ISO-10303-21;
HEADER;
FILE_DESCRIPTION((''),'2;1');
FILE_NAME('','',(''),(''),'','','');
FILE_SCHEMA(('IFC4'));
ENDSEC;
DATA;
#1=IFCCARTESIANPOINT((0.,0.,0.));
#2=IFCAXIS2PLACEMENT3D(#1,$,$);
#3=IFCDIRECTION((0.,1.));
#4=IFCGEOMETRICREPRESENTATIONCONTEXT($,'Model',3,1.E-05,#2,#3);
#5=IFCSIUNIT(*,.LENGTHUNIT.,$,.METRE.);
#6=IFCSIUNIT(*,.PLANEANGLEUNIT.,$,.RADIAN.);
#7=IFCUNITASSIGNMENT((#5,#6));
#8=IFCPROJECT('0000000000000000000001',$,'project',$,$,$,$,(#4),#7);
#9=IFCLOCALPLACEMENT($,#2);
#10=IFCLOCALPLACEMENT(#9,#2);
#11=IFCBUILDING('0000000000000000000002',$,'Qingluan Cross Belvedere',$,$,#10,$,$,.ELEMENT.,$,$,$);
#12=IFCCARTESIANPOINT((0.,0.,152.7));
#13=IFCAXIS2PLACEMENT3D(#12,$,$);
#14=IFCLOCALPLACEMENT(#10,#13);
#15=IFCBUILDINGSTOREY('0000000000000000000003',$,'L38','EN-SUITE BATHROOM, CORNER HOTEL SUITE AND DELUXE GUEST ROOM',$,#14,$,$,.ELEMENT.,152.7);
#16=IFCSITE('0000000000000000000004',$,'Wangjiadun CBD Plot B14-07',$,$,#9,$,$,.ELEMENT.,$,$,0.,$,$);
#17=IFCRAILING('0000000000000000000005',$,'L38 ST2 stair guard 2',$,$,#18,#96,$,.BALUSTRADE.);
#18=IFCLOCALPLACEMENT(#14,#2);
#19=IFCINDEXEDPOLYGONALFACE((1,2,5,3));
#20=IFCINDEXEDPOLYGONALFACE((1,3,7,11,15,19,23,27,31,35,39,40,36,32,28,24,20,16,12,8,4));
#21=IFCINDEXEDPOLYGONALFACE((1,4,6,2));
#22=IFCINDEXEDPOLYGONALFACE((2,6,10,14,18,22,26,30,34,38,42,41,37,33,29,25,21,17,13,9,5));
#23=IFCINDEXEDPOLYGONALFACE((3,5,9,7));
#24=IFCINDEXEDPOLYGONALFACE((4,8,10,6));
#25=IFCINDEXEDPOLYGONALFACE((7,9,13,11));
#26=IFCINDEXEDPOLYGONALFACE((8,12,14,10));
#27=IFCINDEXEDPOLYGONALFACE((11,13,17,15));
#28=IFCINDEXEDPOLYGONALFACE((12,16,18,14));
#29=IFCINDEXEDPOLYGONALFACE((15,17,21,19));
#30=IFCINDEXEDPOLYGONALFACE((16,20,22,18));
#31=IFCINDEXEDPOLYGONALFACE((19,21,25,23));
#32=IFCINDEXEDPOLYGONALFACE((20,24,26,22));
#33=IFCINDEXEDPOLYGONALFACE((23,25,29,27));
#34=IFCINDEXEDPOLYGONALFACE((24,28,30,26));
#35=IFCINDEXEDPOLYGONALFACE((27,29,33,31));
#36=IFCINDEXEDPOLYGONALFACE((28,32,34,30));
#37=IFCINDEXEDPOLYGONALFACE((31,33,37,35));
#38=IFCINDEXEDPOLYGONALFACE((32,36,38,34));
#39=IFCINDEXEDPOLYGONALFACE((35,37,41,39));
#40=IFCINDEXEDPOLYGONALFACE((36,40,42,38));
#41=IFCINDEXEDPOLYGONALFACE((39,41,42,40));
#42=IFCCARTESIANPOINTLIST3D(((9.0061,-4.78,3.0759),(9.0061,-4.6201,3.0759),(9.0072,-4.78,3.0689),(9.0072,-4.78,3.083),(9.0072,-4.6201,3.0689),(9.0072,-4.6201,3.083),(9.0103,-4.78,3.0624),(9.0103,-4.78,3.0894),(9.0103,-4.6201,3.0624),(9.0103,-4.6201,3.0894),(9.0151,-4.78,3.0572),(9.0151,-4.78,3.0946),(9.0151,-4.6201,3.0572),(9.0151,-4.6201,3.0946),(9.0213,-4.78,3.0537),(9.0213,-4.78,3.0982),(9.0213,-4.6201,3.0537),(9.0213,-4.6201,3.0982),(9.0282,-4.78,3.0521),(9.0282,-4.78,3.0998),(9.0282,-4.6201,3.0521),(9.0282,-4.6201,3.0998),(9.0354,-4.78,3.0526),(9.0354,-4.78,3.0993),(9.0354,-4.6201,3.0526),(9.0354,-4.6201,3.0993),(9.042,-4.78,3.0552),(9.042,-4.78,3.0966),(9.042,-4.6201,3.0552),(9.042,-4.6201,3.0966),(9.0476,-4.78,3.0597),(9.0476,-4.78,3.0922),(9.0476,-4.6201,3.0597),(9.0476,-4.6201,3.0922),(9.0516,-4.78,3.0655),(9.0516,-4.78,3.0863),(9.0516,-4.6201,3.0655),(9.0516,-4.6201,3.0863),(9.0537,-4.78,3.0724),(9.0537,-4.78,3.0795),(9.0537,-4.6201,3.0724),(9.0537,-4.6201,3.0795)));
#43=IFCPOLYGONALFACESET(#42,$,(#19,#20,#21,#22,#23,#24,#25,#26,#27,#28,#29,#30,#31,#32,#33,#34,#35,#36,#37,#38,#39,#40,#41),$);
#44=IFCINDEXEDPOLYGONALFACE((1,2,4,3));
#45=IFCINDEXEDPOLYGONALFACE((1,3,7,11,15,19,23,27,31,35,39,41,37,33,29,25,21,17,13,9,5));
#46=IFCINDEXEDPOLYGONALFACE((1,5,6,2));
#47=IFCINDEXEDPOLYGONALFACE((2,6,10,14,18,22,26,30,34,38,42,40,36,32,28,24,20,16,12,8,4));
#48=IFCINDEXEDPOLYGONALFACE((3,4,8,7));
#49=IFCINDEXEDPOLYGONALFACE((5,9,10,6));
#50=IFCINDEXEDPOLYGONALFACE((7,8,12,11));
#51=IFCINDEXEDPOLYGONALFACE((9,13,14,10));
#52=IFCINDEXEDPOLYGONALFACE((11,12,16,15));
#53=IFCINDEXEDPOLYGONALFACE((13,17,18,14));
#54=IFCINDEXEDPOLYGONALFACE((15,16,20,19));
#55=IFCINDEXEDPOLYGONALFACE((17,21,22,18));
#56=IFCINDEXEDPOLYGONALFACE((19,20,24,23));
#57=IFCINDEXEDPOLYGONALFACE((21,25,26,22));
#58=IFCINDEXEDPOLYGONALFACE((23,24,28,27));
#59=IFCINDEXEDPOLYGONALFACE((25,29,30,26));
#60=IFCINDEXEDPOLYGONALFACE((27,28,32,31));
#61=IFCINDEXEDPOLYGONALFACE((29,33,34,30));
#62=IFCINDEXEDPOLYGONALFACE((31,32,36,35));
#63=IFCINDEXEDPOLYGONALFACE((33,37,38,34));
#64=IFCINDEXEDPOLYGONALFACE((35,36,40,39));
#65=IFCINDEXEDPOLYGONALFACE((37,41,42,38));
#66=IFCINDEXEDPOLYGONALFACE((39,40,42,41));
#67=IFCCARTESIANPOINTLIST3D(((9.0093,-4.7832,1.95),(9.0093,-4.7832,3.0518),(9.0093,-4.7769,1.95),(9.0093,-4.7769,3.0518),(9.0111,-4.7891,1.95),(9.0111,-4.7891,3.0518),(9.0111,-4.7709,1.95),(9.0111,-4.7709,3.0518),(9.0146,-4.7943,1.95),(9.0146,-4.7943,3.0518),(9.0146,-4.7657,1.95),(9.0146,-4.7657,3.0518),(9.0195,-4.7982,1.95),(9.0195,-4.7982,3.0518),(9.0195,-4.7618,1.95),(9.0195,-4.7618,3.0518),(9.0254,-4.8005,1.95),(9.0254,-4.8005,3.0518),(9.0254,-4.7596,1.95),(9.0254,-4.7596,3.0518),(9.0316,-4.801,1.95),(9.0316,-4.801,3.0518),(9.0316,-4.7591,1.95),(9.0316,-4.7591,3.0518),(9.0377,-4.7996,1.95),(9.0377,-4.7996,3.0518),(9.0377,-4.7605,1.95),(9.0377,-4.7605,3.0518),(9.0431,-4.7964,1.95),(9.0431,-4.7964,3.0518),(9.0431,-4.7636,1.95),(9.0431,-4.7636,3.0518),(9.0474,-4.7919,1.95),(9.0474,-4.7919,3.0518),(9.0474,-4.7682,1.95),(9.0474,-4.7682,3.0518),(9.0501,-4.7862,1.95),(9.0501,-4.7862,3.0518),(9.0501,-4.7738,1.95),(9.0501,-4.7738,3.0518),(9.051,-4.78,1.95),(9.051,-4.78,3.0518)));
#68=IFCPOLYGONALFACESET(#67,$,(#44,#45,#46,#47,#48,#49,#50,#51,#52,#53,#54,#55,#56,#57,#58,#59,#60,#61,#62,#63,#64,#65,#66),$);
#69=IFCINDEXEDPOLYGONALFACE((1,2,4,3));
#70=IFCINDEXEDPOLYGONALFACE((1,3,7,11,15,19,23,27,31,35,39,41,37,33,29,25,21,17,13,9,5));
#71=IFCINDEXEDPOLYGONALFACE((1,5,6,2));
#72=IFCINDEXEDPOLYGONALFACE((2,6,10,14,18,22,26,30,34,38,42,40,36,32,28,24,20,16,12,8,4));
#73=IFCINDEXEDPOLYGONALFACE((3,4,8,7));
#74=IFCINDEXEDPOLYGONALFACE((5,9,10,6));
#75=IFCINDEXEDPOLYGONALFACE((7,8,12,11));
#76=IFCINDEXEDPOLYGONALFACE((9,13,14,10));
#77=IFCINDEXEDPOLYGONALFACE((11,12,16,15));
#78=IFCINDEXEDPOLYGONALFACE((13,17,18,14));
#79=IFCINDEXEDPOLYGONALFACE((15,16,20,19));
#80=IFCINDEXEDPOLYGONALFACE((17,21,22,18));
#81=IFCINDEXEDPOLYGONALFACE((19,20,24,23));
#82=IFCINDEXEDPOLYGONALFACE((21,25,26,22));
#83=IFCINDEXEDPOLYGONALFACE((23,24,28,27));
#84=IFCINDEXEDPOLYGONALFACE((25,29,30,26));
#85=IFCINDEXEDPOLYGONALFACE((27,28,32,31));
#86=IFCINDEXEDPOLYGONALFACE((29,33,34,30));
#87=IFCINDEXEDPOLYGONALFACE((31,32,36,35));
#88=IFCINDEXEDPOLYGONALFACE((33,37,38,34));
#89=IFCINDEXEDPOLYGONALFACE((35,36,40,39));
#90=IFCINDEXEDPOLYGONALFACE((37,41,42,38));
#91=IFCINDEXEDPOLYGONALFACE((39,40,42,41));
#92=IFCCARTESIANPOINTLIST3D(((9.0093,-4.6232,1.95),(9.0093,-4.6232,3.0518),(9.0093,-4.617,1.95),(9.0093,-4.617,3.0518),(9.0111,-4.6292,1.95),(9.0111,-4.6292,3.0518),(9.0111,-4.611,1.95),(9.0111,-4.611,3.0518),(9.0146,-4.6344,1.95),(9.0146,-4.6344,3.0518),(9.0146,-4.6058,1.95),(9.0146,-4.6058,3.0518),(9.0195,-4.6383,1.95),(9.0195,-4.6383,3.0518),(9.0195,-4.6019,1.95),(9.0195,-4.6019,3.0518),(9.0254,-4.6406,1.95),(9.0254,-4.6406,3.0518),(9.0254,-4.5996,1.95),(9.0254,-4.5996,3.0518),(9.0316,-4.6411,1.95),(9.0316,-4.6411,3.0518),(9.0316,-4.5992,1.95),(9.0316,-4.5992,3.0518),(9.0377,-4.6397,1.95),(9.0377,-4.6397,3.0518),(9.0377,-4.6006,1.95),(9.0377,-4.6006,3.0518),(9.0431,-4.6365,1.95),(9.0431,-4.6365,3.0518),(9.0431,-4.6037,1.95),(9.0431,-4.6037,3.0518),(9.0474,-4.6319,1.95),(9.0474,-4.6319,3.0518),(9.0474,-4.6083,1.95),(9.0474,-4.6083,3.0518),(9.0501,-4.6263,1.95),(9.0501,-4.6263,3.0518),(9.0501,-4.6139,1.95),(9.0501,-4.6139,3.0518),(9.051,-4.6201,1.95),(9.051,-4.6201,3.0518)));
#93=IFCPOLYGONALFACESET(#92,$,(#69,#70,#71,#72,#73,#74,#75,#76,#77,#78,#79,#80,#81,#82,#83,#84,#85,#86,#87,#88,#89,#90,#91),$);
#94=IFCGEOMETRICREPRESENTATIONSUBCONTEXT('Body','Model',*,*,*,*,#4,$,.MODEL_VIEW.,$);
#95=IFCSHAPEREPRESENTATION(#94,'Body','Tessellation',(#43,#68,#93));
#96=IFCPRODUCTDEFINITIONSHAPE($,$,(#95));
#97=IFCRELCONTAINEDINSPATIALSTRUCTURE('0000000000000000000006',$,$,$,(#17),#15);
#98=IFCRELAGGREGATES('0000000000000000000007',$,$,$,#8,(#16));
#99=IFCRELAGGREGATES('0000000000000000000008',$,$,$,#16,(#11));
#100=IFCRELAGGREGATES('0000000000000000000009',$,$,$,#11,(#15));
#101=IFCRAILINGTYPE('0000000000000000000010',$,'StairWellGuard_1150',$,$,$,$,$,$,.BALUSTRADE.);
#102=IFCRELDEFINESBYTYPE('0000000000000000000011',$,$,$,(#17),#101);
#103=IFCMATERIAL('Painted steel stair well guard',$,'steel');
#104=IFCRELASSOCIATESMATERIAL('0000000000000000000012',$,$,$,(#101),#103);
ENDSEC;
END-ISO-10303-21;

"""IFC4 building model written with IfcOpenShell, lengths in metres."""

from ifc_helpers import new_model, si_unit, direction, frame, origin, origin_2d, place, context, subcontext, project, spatial, circle, extrude, material, type_object, element, save


model = new_model("IFC4")

# Units and contexts
model_context = context("Model", 3, precision=1e-05, world=origin(), true_north=direction((0.0, 1.0)))
body_context = subcontext(model_context, "Body", "Model", "MODEL_VIEW")
ifc_project = project(units=[si_unit("LENGTHUNIT", "METRE"), si_unit("PLANEANGLEUNIT", "RADIAN")], contexts=[model_context])

# Site, building, storey
site_placement = place(None, origin())
site = spatial("IfcSite", under=ifc_project, at=site_placement, Name="Wangjiadun CBD Plot B14-07", CompositionType="ELEMENT", RefElevation=0.0)
building_placement = place(site_placement, origin())
building = spatial("IfcBuilding", under=site, at=building_placement, Name="Qingluan Cross Belvedere", CompositionType="ELEMENT")
storey_placement = place(building_placement, frame((0.0, 0.0, 152.7)))
storey = spatial("IfcBuildingStorey", under=building, at=storey_placement, Name="L38", Description="EN-SUITE BATHROOM, CORNER HOTEL SUITE AND DELUXE GUEST ROOM", CompositionType="ELEMENT", Elevation=152.7)

# Railing
ifc_material_1 = material(Name="Painted steel stair well guard", Category="steel")
railing_type_1 = type_object("IfcRailingType", Name="StairWellGuard_1150", PredefinedType="BALUSTRADE", material=ifc_material_1)
railing_1_placement = place(storey_placement, frame((9.03, -4.78, 1.95)))
element("IfcRailing", 1, at=railing_1_placement, inside=storey, type_object=railing_type_1, Name="L38 ST2 stair guard 2", PredefinedType="BALUSTRADE", context=body_context, shape_type="SweptSolid", body=[
    extrude(circle(Radius=0.0239, at=origin_2d()), frame((0.0, 0.0, 1.126), z_axis=(0.0, 1.0, 0.0), x_axis=(-1.0, 0.0, 0.0)), (0.0, 0.0, 1.0), 0.1599),
    extrude(circle(Radius=0.021, at=origin_2d()), origin(), (0.0, 0.0, 1.0), 1.1018),
    extrude(circle(Radius=0.021, at=origin_2d()), frame((0.0, 0.1599, 0.0)), (0.0, 0.0, 1.0), 1.1018),
])

save(model, "model.ifc")
